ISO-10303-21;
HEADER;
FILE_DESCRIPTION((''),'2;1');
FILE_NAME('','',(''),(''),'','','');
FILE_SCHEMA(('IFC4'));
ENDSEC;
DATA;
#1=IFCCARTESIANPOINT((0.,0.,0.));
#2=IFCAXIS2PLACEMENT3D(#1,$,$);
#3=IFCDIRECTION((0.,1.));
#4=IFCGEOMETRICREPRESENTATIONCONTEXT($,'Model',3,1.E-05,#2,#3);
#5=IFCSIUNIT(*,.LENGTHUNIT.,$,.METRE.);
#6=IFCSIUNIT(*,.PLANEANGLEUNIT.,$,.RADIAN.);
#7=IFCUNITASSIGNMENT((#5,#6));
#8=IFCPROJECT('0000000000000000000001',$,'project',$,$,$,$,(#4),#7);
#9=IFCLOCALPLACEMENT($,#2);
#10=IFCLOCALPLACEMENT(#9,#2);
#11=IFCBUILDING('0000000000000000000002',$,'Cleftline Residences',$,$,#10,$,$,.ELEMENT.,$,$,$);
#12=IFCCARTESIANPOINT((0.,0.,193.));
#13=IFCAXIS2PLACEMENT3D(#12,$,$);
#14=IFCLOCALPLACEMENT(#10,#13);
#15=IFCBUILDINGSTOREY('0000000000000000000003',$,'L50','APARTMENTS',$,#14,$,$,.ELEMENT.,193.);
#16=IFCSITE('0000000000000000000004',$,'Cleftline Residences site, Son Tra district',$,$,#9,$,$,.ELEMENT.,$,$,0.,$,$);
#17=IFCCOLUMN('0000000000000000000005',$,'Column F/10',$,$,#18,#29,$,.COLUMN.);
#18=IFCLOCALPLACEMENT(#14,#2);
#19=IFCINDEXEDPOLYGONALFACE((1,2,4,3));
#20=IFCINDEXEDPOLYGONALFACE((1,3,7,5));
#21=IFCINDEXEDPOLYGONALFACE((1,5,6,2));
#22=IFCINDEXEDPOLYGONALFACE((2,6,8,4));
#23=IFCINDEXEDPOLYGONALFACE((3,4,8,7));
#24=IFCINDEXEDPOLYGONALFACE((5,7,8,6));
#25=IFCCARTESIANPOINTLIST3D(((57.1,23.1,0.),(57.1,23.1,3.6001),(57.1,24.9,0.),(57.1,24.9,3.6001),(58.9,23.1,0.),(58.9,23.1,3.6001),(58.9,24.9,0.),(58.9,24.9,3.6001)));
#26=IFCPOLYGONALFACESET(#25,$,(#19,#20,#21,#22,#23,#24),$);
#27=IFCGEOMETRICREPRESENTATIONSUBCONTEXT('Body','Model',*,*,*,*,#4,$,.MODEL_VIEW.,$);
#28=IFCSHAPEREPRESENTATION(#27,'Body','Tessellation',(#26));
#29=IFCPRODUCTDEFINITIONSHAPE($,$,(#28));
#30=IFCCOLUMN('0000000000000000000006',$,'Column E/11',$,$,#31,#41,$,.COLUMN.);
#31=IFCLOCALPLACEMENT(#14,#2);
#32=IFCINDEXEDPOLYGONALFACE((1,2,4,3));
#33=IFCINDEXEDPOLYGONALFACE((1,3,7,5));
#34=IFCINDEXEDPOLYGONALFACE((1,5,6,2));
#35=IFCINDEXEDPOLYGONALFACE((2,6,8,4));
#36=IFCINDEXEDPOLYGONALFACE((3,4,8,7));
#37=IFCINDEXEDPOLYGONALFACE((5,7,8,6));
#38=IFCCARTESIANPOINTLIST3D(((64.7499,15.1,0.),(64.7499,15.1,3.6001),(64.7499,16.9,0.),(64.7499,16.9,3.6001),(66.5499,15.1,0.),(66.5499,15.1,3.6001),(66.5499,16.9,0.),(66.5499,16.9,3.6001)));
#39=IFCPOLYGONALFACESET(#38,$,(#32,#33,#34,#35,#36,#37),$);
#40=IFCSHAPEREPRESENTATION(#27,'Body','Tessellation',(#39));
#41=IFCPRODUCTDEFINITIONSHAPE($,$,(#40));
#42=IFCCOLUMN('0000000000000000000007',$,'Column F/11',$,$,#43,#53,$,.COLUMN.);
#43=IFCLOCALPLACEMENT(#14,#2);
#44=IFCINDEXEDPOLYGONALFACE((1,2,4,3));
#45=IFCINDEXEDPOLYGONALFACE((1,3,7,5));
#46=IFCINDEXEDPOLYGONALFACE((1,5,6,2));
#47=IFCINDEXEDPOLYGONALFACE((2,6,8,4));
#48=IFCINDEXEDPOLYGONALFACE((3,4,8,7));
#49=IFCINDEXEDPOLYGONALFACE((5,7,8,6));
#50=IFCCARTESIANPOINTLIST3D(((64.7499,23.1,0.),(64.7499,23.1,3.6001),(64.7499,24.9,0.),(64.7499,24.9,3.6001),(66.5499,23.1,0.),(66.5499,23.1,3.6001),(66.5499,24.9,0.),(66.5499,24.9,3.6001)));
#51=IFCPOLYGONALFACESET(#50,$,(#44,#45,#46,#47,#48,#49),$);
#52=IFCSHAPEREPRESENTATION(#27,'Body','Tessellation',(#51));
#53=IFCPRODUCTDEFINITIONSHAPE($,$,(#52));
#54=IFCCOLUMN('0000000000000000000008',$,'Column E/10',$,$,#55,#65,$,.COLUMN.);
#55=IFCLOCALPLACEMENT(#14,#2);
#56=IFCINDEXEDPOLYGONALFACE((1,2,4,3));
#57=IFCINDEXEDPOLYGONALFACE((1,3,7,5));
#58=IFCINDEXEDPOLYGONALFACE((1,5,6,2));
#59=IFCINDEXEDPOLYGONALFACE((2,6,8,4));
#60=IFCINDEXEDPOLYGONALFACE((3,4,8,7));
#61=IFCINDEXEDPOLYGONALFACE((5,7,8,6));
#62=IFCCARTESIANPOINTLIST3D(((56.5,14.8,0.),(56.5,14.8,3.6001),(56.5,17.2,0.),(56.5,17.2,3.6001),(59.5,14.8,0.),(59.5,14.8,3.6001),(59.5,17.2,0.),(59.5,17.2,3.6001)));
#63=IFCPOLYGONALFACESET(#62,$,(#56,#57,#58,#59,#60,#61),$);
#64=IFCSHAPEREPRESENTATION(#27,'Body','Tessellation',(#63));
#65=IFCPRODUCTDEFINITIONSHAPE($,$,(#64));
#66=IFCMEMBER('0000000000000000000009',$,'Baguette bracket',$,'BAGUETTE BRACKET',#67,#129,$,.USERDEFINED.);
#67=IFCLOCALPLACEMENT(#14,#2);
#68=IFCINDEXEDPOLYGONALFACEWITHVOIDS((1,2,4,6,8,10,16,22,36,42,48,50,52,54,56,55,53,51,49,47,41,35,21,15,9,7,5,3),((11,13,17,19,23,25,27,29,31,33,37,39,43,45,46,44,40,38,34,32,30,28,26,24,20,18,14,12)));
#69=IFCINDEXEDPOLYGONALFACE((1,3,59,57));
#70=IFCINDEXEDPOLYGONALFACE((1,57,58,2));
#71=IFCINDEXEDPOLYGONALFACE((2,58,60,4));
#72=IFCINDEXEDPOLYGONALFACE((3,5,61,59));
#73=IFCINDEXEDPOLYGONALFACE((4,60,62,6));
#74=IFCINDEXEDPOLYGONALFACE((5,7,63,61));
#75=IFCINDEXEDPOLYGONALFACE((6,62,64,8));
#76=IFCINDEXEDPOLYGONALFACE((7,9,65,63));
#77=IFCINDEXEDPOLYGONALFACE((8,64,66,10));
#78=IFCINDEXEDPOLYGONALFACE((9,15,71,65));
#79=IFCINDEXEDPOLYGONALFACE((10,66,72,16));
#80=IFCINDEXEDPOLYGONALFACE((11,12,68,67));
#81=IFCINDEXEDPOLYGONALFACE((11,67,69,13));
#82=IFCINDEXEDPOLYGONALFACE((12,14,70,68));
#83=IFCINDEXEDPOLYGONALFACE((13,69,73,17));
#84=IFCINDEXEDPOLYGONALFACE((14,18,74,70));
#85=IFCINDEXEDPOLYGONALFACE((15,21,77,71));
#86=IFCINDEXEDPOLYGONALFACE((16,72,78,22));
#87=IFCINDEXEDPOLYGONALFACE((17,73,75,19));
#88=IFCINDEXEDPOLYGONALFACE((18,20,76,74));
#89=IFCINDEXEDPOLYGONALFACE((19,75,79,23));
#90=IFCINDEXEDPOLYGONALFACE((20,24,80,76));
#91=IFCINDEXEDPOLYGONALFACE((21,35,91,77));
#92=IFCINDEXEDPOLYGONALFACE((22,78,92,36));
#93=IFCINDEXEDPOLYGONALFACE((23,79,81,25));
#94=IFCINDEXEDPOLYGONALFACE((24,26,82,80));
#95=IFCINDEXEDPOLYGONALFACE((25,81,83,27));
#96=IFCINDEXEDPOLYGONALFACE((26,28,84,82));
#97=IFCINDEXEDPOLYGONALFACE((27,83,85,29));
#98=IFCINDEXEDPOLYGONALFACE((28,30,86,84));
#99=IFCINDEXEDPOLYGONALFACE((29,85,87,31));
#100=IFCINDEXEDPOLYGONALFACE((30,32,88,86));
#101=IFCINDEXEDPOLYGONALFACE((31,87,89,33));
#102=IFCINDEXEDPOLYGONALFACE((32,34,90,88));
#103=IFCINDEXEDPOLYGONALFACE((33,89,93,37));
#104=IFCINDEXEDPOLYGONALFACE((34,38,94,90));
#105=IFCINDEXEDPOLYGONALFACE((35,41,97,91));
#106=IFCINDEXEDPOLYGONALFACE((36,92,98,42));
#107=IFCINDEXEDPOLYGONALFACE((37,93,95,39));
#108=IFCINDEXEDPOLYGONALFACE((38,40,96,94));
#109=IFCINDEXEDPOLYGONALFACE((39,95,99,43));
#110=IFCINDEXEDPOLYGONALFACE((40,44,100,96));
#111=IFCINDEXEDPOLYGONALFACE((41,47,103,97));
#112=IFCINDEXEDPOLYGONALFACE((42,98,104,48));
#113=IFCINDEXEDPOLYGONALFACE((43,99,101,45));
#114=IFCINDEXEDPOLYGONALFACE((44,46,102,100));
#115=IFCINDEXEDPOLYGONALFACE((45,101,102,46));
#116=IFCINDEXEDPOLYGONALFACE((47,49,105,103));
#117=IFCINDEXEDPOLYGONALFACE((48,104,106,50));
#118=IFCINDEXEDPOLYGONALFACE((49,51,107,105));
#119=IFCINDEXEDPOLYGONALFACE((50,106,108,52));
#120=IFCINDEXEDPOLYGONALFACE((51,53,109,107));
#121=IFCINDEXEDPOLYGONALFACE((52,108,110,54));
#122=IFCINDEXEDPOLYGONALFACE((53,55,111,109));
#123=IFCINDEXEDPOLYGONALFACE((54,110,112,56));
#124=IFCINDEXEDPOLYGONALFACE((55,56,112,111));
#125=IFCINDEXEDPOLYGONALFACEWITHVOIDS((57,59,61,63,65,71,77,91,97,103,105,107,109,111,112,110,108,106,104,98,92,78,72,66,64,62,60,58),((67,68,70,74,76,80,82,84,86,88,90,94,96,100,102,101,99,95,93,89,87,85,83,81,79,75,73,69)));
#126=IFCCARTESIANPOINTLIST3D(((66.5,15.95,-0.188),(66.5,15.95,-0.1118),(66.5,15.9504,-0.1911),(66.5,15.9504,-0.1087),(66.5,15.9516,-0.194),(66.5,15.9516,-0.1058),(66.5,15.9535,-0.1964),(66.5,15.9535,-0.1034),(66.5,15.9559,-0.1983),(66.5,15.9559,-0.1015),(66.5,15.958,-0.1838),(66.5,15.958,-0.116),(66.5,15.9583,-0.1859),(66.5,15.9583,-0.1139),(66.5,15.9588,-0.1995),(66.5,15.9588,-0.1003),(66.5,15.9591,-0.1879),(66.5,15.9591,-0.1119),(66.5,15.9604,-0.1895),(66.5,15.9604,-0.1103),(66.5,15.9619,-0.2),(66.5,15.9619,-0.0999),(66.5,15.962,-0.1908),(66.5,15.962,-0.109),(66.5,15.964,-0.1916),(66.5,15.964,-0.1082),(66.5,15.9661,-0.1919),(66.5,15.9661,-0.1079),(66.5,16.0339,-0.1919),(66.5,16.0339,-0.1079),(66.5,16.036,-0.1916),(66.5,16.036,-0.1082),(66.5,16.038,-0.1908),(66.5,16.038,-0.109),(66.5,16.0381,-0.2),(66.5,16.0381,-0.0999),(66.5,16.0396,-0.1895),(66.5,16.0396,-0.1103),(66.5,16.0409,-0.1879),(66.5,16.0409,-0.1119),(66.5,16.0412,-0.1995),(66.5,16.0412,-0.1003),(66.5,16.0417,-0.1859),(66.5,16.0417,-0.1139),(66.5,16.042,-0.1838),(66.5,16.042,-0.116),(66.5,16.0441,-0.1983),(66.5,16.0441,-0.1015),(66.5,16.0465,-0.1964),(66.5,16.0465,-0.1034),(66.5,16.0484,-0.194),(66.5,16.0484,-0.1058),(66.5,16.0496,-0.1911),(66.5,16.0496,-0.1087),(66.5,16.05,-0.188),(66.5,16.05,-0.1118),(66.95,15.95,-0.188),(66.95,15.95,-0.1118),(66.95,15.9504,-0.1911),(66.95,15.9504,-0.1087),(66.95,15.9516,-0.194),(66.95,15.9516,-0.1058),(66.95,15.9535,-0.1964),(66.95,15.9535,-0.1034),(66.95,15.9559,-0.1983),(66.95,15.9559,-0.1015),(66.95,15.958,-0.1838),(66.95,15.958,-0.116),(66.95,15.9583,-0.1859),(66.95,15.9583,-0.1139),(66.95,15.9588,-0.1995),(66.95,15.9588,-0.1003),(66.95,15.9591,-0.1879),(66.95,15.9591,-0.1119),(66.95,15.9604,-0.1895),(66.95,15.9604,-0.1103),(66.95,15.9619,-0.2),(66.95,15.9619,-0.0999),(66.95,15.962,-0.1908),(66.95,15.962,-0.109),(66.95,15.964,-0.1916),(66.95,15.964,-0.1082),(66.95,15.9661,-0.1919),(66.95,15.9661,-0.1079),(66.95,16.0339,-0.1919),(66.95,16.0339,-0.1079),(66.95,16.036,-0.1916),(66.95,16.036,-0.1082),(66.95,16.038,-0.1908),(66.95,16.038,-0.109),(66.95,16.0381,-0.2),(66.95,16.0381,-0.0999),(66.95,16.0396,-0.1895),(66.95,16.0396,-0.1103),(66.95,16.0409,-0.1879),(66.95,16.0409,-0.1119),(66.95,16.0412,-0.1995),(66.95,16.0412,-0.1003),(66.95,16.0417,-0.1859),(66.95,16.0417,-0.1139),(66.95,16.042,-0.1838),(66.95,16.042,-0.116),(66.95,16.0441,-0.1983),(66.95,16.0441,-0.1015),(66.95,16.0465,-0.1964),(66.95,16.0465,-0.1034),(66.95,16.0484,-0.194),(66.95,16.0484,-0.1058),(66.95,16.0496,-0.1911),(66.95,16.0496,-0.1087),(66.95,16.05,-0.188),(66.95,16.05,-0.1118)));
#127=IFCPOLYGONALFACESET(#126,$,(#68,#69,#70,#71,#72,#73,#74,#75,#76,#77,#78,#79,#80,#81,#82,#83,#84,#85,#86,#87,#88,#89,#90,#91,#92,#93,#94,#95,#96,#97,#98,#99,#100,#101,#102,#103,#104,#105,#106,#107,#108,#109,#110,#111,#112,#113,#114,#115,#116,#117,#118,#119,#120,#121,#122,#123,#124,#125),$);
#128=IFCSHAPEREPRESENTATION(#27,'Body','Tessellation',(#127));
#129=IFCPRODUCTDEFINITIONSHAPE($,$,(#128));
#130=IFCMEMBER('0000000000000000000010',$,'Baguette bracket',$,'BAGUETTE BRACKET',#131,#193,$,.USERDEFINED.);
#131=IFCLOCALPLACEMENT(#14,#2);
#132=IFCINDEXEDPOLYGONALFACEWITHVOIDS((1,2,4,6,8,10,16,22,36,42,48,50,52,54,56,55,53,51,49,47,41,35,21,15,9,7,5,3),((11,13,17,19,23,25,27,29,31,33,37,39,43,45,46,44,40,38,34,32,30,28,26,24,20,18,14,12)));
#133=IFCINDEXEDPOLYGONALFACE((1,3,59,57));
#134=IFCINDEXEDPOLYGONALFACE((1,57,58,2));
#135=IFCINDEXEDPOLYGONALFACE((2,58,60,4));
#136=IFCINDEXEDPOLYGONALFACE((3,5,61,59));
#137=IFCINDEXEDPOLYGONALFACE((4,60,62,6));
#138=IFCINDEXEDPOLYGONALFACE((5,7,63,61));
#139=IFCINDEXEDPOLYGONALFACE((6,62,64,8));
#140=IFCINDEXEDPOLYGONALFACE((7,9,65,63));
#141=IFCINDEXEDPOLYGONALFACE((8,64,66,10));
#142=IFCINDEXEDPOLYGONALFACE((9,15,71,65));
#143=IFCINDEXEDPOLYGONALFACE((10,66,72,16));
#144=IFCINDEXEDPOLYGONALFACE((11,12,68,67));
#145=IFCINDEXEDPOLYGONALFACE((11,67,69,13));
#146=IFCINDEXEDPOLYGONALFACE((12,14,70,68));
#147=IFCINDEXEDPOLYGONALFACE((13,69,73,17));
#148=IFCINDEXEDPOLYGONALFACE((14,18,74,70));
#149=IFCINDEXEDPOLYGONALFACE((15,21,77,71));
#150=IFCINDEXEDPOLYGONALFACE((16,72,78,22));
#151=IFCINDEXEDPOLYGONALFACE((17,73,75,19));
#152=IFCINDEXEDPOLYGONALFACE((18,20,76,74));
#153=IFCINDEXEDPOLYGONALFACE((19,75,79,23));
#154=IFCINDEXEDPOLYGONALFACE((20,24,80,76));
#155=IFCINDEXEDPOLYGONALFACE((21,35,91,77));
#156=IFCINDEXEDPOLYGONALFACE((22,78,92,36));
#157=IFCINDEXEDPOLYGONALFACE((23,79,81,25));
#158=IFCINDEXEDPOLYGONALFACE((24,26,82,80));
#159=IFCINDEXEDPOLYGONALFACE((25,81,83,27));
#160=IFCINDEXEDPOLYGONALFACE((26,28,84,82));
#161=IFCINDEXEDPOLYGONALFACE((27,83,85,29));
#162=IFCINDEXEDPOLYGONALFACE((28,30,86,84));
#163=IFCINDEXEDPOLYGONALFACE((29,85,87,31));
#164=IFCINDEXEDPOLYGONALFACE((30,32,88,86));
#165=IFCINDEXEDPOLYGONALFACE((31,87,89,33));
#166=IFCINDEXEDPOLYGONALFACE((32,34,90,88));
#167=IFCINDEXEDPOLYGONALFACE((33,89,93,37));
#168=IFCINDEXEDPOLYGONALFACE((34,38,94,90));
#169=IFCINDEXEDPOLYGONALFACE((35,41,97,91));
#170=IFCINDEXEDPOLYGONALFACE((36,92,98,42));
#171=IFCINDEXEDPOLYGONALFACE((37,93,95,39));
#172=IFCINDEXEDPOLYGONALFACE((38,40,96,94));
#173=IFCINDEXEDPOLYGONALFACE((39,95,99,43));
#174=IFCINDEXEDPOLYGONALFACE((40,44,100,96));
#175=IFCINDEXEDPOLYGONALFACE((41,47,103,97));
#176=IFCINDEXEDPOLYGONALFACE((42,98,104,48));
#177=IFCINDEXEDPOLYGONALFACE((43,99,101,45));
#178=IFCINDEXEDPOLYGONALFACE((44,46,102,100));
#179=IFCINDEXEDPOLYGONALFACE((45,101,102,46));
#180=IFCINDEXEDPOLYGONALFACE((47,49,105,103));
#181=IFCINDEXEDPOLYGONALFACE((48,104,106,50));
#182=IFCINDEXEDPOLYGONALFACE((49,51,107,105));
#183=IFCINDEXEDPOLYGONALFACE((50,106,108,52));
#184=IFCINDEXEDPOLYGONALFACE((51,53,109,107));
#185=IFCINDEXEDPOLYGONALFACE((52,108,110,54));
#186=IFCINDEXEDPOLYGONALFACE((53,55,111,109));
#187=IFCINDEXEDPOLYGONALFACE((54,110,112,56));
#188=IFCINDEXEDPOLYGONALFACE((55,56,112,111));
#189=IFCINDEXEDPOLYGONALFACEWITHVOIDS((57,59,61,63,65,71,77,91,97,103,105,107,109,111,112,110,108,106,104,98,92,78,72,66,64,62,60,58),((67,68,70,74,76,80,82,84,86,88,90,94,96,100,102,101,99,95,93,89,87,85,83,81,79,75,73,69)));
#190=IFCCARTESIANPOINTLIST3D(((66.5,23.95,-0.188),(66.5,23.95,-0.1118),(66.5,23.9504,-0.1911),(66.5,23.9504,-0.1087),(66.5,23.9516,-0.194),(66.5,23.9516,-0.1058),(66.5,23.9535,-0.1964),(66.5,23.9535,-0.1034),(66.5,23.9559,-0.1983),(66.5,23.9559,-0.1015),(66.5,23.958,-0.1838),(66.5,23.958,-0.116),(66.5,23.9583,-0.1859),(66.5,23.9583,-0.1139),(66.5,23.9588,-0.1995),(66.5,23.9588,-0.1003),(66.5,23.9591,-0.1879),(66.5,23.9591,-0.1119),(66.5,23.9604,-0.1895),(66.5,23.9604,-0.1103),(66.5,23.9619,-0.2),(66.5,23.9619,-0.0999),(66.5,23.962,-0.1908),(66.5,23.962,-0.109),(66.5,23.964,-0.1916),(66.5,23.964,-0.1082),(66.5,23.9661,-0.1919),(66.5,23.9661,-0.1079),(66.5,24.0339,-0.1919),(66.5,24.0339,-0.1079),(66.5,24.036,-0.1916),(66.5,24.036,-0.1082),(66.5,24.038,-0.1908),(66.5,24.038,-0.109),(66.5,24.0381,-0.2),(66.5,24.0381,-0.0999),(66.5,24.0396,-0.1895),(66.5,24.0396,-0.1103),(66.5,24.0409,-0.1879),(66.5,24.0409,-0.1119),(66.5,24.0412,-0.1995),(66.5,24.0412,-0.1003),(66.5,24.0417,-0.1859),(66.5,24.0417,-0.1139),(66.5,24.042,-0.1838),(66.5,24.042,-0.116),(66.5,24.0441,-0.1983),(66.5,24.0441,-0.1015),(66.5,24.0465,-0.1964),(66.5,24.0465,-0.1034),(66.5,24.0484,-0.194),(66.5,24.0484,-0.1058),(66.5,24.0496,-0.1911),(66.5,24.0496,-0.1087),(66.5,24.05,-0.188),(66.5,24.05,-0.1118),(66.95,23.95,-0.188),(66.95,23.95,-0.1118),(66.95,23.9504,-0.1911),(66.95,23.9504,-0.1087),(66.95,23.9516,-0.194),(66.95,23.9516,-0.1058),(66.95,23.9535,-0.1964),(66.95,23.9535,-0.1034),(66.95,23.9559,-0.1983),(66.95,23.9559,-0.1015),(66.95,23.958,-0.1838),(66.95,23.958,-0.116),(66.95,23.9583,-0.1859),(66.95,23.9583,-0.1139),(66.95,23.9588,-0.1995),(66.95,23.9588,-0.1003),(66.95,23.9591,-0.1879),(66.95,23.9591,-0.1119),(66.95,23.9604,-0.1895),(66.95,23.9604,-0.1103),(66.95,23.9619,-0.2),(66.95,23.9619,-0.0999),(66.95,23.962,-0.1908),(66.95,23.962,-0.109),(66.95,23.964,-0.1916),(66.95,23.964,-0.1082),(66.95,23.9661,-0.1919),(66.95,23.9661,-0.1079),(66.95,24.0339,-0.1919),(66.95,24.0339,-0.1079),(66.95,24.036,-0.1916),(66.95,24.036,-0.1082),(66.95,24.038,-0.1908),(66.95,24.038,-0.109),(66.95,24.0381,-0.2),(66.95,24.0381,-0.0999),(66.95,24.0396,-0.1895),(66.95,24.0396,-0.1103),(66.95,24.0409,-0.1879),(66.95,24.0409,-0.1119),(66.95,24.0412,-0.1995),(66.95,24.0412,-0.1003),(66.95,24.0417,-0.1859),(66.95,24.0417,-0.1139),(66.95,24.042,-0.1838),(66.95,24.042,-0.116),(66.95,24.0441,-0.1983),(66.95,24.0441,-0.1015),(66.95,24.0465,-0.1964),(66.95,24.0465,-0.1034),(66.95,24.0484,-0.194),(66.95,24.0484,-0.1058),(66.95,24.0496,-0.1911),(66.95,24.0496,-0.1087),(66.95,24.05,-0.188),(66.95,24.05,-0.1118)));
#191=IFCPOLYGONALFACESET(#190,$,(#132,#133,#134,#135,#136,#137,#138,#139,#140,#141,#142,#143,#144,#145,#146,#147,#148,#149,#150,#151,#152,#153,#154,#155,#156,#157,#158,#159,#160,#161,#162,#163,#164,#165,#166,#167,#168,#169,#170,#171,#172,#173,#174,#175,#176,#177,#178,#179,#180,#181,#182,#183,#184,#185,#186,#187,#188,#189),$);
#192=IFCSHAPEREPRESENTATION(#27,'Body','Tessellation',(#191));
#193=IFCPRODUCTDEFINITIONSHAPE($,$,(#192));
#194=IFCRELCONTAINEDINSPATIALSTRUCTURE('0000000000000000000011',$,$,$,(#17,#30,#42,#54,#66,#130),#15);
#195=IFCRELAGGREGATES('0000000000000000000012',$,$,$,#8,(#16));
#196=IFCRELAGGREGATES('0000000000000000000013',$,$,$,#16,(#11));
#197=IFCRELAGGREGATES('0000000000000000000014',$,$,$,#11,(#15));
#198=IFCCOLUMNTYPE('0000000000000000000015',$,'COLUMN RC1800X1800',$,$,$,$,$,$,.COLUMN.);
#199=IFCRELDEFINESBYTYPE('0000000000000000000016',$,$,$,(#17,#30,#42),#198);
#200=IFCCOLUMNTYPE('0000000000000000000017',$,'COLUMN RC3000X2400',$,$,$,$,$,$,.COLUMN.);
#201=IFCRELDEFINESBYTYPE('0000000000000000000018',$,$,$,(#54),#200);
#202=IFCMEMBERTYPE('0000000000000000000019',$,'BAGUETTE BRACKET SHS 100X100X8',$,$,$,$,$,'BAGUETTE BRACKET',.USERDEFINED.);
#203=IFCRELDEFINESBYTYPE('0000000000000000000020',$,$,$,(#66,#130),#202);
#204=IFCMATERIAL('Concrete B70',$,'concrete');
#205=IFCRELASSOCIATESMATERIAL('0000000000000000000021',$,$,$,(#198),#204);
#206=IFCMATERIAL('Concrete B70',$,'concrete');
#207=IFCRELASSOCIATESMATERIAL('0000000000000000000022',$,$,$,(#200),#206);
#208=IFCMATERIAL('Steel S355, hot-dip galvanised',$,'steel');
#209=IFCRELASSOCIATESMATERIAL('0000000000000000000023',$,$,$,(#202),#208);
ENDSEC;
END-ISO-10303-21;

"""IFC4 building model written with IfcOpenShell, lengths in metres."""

from ifc_helpers import new_model, si_unit, direction, frame, origin, origin_2d, place, context, subcontext, project, spatial, rectangle, hollow_rectangle, extrude, material, material_profile, profile_set, type_object, element, save


model = new_model("IFC4")

# Units and contexts
model_context = context("Model", 3, precision=1e-05, world=origin(), true_north=direction((0.0, 1.0)))
body_context = subcontext(model_context, "Body", "Model", "MODEL_VIEW")
ifc_project = project(units=[si_unit("LENGTHUNIT", "METRE"), si_unit("PLANEANGLEUNIT", "RADIAN")], contexts=[model_context])

# Site, building, storey
site_placement = place(None, origin())
site = spatial("IfcSite", under=ifc_project, at=site_placement, Name="Cleftline Residences site, Son Tra district", CompositionType="ELEMENT", RefElevation=0.0)
building_placement = place(site_placement, origin())
building = spatial("IfcBuilding", under=site, at=building_placement, Name="Cleftline Residences", CompositionType="ELEMENT")
storey_placement = place(building_placement, frame((0.0, 0.0, 193.0)))
storey = spatial("IfcBuildingStorey", under=building, at=storey_placement, Name="L50", Description="APARTMENTS", CompositionType="ELEMENT", Elevation=193.0)

# Columns
ifc_material_1 = material(Name="Concrete B70", Category="concrete")
ifc_material_profile_1 = material_profile(ifc_material_1, rectangle(XDim=1.8, YDim=1.8, at=origin_2d()))
ifc_profile_set_1 = profile_set([ifc_material_profile_1], Name="Concrete B70")
column_type_1 = type_object("IfcColumnType", Name="COLUMN RC1800X1800", PredefinedType="COLUMN", material=ifc_profile_set_1)
for number, where, z_axis, x_axis, name in (
    (1, (58.0, 24.0, 0.0), (0.0, 0.0, 1.0), (1.0, 0.0, 0.0), "Column F/10"),
    (2, (65.6499, 16.0, 0.0), (0.0, 0.0, 1.0), (1.0, 0.0, 0.0), "Column E/11"),
    (3, (65.6499, 24.0, 0.0), (0.0, 0.0, 1.0), (1.0, 0.0, 0.0), "Column F/11"),
):
    element("IfcColumn", number, at=place(storey_placement, frame(where, z_axis=z_axis, x_axis=x_axis)), inside=storey, type_object=column_type_1, Name=name, PredefinedType="COLUMN", context=body_context, shape_type="SweptSolid", body=[
        extrude(rectangle(XDim=1.8, YDim=1.8, at=origin_2d()), origin(), (0.0, 0.0, 1.0), 3.6001),
    ])
ifc_material_2 = material(Name="Concrete B70", Category="concrete")
ifc_material_profile_2 = material_profile(ifc_material_2, rectangle(XDim=3.0, YDim=2.3999, at=origin_2d()))
ifc_profile_set_2 = profile_set([ifc_material_profile_2], Name="Concrete B70")
column_type_2 = type_object("IfcColumnType", Name="COLUMN RC3000X2400", PredefinedType="COLUMN", material=ifc_profile_set_2)
column_placement = place(storey_placement, frame((58.0, 16.0, 0.0), z_axis=(0.0, 0.0, 1.0), x_axis=(1.0, 0.0, 0.0)))
element("IfcColumn", 4, at=column_placement, inside=storey, type_object=column_type_2, Name="Column E/10", PredefinedType="COLUMN", context=body_context, shape_type="SweptSolid", body=[
    extrude(rectangle(XDim=3.0, YDim=2.3999, at=origin_2d()), origin(), (0.0, 0.0, 1.0), 3.6001),
])

# Members
ifc_material_3 = material(Name="Steel S355, hot-dip galvanised", Category="steel")
ifc_material_profile_3 = material_profile(ifc_material_3, hollow_rectangle(XDim=0.1001, YDim=0.1001, WallThickness=0.0081, InnerFilletRadius=0.0081, OuterFilletRadius=0.012, at=origin_2d()))
ifc_profile_set_3 = profile_set([ifc_material_profile_3], Name="Steel S355, hot-dip galvanised")
member_type_1 = type_object("IfcMemberType", Name="BAGUETTE BRACKET SHS 100X100X8", ElementType="BAGUETTE BRACKET", PredefinedType="USERDEFINED", material=ifc_profile_set_3)
for number, where, z_axis, x_axis, name in (
    (5, (66.5, 16.0, -0.1499), (1.0, 0.0, 0.0), (0.0, 1.0, 0.0), "Baguette bracket"),
    (6, (66.5, 24.0, -0.1499), (1.0, 0.0, 0.0), (0.0, 1.0, 0.0), "Baguette bracket"),
):
    element("IfcMember", number, at=place(storey_placement, frame(where, z_axis=z_axis, x_axis=x_axis)), inside=storey, type_object=member_type_1, Name=name, ObjectType="BAGUETTE BRACKET", PredefinedType="USERDEFINED", context=body_context, shape_type="SweptSolid", body=[
        extrude(hollow_rectangle(XDim=0.1001, YDim=0.1001, WallThickness=0.0081, InnerFilletRadius=0.0081, OuterFilletRadius=0.012, at=origin_2d()), origin(), (0.0, 0.0, 1.0), 0.45),
    ])

save(model, "model.ifc")
